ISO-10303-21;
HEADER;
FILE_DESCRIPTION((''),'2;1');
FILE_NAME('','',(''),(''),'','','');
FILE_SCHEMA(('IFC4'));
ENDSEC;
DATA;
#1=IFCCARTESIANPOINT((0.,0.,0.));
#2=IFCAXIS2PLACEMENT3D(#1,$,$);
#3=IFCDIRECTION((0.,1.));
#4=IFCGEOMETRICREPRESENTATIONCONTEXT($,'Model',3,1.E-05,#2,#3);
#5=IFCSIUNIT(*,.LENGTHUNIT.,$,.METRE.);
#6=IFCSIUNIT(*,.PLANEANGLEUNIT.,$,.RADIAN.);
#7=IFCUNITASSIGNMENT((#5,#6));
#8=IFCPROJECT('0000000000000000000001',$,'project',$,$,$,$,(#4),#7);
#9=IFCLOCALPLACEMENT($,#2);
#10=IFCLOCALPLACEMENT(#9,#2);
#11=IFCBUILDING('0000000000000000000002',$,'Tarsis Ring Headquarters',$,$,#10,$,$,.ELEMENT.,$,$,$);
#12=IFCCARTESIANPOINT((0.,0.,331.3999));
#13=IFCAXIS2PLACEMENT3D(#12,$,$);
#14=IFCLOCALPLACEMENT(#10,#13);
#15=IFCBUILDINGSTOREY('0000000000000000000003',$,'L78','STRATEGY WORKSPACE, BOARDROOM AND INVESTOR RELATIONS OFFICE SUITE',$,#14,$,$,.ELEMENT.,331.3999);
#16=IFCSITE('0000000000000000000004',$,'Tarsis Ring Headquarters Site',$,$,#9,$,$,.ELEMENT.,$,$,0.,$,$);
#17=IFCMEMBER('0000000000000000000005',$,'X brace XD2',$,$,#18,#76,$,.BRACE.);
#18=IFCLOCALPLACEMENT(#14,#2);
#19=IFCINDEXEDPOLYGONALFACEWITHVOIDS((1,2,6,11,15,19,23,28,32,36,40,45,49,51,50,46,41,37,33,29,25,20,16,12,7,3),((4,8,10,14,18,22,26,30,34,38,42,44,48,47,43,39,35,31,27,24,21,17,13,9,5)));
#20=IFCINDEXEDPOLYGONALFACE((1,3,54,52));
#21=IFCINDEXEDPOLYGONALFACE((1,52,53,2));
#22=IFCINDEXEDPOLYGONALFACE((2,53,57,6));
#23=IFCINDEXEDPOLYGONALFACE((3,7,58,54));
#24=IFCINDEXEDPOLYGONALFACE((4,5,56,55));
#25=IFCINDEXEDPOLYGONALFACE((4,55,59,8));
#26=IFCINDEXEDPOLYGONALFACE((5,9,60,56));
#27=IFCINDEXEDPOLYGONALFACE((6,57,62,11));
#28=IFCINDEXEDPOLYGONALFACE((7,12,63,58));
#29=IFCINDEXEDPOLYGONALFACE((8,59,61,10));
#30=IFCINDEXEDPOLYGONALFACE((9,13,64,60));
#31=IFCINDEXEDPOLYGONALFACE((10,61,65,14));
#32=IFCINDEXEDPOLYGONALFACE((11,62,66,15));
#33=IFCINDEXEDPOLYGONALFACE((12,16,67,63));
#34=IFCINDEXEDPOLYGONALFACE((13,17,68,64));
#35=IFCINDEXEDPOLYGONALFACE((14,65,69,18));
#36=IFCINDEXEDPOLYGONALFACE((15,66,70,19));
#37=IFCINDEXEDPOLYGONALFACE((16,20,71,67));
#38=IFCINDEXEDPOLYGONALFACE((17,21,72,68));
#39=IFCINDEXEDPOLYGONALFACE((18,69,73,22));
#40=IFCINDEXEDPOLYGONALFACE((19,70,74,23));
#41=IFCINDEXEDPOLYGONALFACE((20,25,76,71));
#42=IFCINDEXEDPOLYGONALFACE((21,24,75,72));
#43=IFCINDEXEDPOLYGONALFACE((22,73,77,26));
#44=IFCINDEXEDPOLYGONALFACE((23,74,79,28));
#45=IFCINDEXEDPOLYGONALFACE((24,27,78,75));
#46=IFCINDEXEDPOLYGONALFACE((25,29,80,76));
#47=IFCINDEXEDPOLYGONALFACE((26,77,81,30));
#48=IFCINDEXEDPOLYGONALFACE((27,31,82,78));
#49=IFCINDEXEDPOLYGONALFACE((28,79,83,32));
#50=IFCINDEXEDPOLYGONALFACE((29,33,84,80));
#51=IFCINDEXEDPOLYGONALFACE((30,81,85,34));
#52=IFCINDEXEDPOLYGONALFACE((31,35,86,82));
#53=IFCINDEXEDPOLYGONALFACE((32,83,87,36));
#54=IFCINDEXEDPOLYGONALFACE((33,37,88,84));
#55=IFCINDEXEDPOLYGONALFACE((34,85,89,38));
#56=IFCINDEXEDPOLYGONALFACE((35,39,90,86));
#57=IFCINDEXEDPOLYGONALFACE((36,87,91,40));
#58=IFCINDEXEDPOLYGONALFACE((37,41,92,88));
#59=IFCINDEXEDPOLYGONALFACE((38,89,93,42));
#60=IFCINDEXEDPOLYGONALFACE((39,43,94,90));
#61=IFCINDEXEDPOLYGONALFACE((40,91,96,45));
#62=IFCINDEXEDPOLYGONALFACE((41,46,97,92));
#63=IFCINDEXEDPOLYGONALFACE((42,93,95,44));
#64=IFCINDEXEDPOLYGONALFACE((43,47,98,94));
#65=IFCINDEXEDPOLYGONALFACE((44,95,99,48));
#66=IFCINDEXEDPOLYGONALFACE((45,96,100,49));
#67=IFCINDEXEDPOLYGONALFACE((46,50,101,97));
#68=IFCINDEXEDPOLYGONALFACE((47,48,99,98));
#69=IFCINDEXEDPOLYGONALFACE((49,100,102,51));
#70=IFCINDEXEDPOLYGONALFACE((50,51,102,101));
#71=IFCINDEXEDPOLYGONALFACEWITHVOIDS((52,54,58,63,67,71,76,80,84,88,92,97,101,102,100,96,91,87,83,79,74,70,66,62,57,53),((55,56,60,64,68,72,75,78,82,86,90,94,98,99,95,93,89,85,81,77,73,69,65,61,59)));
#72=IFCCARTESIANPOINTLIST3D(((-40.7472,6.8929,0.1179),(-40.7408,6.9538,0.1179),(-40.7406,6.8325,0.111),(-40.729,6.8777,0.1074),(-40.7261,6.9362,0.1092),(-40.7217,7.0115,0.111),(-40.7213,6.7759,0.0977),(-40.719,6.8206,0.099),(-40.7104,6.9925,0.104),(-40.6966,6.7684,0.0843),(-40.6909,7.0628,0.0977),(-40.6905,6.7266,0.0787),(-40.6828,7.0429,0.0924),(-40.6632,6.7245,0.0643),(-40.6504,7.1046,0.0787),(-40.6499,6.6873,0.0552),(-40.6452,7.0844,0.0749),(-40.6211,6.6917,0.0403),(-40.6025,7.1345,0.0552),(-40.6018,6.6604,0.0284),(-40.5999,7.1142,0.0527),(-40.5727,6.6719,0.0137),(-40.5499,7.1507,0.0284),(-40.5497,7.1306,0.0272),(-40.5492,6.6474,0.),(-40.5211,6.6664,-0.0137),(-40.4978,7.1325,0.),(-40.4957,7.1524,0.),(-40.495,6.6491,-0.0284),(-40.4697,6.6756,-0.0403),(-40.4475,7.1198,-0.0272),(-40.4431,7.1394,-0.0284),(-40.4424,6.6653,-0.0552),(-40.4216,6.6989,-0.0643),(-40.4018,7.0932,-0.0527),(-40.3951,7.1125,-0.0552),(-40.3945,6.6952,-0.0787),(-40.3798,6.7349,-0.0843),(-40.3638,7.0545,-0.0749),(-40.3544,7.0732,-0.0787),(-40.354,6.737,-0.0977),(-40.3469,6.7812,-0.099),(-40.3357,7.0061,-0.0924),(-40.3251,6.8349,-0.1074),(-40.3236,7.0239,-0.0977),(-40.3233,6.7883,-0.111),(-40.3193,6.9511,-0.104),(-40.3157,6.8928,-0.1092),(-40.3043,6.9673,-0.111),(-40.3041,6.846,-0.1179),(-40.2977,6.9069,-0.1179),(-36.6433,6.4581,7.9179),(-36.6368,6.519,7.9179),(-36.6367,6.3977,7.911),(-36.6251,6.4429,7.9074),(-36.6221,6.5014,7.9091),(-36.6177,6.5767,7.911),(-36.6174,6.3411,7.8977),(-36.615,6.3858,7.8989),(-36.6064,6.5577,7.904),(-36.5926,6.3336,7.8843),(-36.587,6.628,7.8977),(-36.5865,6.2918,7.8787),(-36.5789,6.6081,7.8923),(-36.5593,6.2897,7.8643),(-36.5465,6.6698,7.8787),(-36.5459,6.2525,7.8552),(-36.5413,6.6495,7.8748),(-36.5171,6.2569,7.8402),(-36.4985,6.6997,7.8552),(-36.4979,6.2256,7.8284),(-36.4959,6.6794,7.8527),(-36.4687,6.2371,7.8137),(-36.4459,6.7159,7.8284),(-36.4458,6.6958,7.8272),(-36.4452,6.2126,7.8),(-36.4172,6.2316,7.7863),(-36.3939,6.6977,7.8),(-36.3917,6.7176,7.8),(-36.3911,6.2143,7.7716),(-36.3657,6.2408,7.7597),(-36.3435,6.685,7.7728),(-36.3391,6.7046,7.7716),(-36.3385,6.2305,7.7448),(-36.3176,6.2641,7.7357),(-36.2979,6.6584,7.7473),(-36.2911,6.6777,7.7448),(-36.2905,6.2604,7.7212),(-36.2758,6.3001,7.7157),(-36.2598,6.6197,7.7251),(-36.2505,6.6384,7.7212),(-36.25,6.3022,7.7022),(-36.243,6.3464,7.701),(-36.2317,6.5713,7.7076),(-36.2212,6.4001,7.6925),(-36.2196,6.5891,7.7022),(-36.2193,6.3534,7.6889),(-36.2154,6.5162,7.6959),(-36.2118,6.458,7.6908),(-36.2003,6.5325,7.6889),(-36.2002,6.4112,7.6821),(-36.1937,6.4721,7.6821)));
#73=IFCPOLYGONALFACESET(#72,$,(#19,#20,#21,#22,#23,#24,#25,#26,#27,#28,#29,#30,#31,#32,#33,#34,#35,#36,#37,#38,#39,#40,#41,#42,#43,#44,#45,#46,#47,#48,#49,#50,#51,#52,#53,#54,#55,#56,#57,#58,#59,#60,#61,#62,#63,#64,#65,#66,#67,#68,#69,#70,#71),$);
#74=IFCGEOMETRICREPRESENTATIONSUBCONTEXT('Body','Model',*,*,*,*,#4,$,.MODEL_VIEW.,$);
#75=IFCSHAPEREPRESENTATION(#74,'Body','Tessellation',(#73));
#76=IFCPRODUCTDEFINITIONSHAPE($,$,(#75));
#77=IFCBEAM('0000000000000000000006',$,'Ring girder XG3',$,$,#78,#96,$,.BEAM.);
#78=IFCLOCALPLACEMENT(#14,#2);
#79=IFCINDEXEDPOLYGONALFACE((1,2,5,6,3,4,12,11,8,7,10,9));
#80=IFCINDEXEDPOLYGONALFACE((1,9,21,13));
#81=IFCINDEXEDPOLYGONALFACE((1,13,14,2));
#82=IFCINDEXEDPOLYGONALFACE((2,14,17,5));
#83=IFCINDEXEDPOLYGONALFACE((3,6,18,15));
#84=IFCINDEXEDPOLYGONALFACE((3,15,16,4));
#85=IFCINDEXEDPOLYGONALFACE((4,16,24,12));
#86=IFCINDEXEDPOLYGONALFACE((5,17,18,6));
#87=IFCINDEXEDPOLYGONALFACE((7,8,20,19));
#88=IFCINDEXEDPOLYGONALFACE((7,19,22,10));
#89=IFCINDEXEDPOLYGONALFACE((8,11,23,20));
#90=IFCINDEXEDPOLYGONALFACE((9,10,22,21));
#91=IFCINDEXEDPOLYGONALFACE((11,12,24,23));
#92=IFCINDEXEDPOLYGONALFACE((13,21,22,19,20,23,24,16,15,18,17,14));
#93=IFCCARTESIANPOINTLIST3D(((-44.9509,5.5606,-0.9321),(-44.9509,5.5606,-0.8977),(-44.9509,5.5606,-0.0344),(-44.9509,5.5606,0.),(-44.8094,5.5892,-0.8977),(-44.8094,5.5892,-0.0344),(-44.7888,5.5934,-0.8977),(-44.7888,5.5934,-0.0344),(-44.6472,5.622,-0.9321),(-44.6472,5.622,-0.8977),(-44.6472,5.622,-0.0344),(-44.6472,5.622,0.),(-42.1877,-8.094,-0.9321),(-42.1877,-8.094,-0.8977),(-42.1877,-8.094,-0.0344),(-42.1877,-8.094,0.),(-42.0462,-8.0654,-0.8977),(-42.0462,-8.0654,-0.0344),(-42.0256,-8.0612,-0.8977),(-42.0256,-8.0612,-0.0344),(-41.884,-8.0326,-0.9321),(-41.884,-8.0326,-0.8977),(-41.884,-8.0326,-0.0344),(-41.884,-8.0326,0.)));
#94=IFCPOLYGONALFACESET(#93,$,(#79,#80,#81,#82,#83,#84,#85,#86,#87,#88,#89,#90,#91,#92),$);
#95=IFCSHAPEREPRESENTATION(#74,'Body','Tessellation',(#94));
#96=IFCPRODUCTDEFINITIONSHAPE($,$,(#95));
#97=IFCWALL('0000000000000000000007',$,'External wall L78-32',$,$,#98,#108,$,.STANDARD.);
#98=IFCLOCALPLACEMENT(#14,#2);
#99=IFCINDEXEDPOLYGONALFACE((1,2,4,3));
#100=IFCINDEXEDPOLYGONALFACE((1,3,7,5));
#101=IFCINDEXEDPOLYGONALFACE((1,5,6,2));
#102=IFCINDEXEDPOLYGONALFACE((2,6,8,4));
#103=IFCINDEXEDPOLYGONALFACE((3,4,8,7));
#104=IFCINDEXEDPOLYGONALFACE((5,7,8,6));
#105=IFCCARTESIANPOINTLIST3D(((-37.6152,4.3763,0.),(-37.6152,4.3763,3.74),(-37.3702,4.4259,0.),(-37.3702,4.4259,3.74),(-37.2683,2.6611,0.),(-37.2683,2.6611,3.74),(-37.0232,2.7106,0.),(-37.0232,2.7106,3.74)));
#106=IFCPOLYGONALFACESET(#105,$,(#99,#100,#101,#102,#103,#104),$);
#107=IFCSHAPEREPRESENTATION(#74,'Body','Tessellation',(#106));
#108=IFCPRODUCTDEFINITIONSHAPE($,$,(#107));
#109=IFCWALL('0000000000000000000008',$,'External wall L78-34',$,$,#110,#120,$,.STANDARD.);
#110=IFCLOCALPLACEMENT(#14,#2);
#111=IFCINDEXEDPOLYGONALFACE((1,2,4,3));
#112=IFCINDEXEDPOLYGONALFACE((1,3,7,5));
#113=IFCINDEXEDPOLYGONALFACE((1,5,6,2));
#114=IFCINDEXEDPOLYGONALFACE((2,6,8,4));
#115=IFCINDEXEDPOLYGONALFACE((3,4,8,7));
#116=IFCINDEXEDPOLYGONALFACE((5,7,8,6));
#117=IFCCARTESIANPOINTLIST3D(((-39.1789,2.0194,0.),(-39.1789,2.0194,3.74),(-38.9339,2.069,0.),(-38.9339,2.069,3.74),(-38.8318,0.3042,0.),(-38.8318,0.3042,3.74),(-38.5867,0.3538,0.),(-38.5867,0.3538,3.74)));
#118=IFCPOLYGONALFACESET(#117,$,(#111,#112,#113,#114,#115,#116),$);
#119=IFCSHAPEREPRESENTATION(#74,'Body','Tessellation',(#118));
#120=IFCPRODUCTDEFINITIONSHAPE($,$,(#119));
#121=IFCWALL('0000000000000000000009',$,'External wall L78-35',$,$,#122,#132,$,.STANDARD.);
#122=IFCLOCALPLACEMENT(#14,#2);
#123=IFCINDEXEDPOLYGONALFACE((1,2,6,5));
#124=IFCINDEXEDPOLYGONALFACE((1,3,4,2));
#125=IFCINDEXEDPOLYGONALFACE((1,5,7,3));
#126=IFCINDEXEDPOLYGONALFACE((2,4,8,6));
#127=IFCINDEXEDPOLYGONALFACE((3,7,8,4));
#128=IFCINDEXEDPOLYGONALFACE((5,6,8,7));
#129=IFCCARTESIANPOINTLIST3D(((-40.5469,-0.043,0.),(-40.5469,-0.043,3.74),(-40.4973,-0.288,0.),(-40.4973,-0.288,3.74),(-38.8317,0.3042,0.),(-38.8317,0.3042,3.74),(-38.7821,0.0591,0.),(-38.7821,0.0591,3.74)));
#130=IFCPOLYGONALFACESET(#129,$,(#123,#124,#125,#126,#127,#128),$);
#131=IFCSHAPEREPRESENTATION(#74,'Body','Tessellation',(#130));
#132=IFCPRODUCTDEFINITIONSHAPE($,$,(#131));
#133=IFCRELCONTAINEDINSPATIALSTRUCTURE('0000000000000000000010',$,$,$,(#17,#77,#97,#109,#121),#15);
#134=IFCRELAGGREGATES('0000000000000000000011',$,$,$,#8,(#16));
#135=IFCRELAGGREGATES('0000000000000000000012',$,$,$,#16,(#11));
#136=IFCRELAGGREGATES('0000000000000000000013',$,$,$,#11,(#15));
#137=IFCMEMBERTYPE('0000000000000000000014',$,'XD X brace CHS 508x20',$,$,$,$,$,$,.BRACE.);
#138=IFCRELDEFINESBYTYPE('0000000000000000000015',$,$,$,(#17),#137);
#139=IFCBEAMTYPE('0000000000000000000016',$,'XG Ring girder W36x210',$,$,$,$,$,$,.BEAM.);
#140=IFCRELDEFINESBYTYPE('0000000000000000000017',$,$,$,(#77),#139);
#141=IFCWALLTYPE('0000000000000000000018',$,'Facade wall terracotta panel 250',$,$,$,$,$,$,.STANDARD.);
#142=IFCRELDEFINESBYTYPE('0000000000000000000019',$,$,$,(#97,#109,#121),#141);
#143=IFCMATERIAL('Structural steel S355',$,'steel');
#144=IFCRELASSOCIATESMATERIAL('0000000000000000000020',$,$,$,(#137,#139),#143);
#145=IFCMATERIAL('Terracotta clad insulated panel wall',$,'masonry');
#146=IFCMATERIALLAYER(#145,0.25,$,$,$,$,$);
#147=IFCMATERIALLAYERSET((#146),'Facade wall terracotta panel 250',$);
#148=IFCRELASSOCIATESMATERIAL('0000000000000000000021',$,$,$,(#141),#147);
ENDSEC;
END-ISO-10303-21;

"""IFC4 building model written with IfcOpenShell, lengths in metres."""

from ifc_helpers import new_model, si_unit, direction, frame, frame_2d, origin, origin_2d, place, context, subcontext, project, spatial, rectangle, hollow_circle, i_section, extrude, material, layer, layer_set, material_profile, profile_set, type_object, element, save


model = new_model("IFC4")

# Units and contexts
model_context = context("Model", 3, precision=1e-05, world=origin(), true_north=direction((0.0, 1.0)))
body_context = subcontext(model_context, "Body", "Model", "MODEL_VIEW")
ifc_project = project(units=[si_unit("LENGTHUNIT", "METRE"), si_unit("PLANEANGLEUNIT", "RADIAN")], contexts=[model_context])

# Site, building, storey
site_placement = place(None, origin())
site = spatial("IfcSite", under=ifc_project, at=site_placement, Name="Tarsis Ring Headquarters Site", CompositionType="ELEMENT", RefElevation=0.0)
building_placement = place(site_placement, origin())
building = spatial("IfcBuilding", under=site, at=building_placement, Name="Tarsis Ring Headquarters", CompositionType="ELEMENT")
storey_placement = place(building_placement, frame((0.0, 0.0, 331.3999)))
storey = spatial("IfcBuildingStorey", under=building, at=storey_placement, Name="L78", Description="STRATEGY WORKSPACE, BOARDROOM AND INVESTOR RELATIONS OFFICE SUITE", CompositionType="ELEMENT", Elevation=331.3999)

# Shared definitions
ifc_material_1 = material(Name="Structural steel S355", Category="steel")

# Member
ifc_material_profile_1 = material_profile(ifc_material_1, hollow_circle(Radius=0.2539, WallThickness=0.02, at=origin_2d()), Name="CHS 508x20")
ifc_profile_set_1 = profile_set([ifc_material_profile_1], Name="Structural steel S355")
member_type = type_object("IfcMemberType", Name="XD X brace CHS 508x20", PredefinedType="BRACE", material=ifc_profile_set_1)
member_1_placement = place(storey_placement, frame((-40.5225, 6.8999, 0.0), z_axis=(0.465067, -0.049273, 0.883903), x_axis=(0.105359, 0.994434, 0.0)))
element("IfcMember", 1, at=member_1_placement, inside=storey, type_object=member_type, Name="X brace XD2", PredefinedType="BRACE", context=body_context, shape_type="SweptSolid", body=[
    extrude(hollow_circle(Radius=0.2539, WallThickness=0.02, at=origin_2d()), origin(), (0.0, 0.0, 1.0), 8.8245),
])

# Beam
ifc_material_profile_2 = material_profile(ifc_material_1, i_section(OverallWidth=0.3098, OverallDepth=0.9321, WebThickness=0.021, FlangeThickness=0.0344, at=origin_2d()), Name="W36x210")
ifc_profile_set_2 = profile_set([ifc_material_profile_2], Name="Structural steel S355")
beam_type_1 = type_object("IfcBeamType", Name="XG Ring girder W36x210", PredefinedType="BEAM", material=ifc_profile_set_2)
beam_1_placement = place(storey_placement, frame((-44.7991, 5.5913, -0.4661), z_axis=(0.198343, -0.980133, 0.0), x_axis=(0.980133, 0.198343, 0.0)))
element("IfcBeam", 2, at=beam_1_placement, inside=storey, type_object=beam_type_1, Name="Ring girder XG3", PredefinedType="BEAM", context=body_context, shape_type="SweptSolid", body=[
    extrude(i_section(OverallWidth=0.3098, OverallDepth=0.9321, WebThickness=0.021, FlangeThickness=0.0344, at=origin_2d()), origin(), (0.0, 0.0, 1.0), 13.9314),
])

# Walls
ifc_material_2 = material(Name="Terracotta clad insulated panel wall", Category="masonry")
ifc_layer = layer(ifc_material_2, 0.25)
ifc_layer_set = layer_set([ifc_layer], Name="Facade wall terracotta panel 250")
wall_type = type_object("IfcWallType", Name="Facade wall terracotta panel 250", PredefinedType="STANDARD", material=ifc_layer_set)
for number, where, z_axis, x_axis, name in (
    (3, (-37.4927, 4.4011, 0.0), (0.0, 0.0, 1.0), (0.198235, -0.980155, 0.0), "External wall L78-32"),
    (4, (-39.0564, 2.0442, 0.0), (0.0, 0.0, 1.0), (0.198369, -0.980127, 0.0), "External wall L78-34"),
    (5, (-38.8069, 0.1816, 0.0), (0.0, 0.0, 1.0), (-0.980127, -0.198369, 0.0), "External wall L78-35"),
):
    element("IfcWall", number, at=place(storey_placement, frame(where, z_axis=z_axis, x_axis=x_axis)), inside=storey, type_object=wall_type, Name=name, PredefinedType="STANDARD", context=body_context, shape_type="SweptSolid", body=[
        extrude(rectangle(XDim=1.75, YDim=0.25, at=frame_2d((0.875, 0.0))), origin(), (0.0, 0.0, 1.0), 3.74),
    ])

save(model, "model.ifc")
